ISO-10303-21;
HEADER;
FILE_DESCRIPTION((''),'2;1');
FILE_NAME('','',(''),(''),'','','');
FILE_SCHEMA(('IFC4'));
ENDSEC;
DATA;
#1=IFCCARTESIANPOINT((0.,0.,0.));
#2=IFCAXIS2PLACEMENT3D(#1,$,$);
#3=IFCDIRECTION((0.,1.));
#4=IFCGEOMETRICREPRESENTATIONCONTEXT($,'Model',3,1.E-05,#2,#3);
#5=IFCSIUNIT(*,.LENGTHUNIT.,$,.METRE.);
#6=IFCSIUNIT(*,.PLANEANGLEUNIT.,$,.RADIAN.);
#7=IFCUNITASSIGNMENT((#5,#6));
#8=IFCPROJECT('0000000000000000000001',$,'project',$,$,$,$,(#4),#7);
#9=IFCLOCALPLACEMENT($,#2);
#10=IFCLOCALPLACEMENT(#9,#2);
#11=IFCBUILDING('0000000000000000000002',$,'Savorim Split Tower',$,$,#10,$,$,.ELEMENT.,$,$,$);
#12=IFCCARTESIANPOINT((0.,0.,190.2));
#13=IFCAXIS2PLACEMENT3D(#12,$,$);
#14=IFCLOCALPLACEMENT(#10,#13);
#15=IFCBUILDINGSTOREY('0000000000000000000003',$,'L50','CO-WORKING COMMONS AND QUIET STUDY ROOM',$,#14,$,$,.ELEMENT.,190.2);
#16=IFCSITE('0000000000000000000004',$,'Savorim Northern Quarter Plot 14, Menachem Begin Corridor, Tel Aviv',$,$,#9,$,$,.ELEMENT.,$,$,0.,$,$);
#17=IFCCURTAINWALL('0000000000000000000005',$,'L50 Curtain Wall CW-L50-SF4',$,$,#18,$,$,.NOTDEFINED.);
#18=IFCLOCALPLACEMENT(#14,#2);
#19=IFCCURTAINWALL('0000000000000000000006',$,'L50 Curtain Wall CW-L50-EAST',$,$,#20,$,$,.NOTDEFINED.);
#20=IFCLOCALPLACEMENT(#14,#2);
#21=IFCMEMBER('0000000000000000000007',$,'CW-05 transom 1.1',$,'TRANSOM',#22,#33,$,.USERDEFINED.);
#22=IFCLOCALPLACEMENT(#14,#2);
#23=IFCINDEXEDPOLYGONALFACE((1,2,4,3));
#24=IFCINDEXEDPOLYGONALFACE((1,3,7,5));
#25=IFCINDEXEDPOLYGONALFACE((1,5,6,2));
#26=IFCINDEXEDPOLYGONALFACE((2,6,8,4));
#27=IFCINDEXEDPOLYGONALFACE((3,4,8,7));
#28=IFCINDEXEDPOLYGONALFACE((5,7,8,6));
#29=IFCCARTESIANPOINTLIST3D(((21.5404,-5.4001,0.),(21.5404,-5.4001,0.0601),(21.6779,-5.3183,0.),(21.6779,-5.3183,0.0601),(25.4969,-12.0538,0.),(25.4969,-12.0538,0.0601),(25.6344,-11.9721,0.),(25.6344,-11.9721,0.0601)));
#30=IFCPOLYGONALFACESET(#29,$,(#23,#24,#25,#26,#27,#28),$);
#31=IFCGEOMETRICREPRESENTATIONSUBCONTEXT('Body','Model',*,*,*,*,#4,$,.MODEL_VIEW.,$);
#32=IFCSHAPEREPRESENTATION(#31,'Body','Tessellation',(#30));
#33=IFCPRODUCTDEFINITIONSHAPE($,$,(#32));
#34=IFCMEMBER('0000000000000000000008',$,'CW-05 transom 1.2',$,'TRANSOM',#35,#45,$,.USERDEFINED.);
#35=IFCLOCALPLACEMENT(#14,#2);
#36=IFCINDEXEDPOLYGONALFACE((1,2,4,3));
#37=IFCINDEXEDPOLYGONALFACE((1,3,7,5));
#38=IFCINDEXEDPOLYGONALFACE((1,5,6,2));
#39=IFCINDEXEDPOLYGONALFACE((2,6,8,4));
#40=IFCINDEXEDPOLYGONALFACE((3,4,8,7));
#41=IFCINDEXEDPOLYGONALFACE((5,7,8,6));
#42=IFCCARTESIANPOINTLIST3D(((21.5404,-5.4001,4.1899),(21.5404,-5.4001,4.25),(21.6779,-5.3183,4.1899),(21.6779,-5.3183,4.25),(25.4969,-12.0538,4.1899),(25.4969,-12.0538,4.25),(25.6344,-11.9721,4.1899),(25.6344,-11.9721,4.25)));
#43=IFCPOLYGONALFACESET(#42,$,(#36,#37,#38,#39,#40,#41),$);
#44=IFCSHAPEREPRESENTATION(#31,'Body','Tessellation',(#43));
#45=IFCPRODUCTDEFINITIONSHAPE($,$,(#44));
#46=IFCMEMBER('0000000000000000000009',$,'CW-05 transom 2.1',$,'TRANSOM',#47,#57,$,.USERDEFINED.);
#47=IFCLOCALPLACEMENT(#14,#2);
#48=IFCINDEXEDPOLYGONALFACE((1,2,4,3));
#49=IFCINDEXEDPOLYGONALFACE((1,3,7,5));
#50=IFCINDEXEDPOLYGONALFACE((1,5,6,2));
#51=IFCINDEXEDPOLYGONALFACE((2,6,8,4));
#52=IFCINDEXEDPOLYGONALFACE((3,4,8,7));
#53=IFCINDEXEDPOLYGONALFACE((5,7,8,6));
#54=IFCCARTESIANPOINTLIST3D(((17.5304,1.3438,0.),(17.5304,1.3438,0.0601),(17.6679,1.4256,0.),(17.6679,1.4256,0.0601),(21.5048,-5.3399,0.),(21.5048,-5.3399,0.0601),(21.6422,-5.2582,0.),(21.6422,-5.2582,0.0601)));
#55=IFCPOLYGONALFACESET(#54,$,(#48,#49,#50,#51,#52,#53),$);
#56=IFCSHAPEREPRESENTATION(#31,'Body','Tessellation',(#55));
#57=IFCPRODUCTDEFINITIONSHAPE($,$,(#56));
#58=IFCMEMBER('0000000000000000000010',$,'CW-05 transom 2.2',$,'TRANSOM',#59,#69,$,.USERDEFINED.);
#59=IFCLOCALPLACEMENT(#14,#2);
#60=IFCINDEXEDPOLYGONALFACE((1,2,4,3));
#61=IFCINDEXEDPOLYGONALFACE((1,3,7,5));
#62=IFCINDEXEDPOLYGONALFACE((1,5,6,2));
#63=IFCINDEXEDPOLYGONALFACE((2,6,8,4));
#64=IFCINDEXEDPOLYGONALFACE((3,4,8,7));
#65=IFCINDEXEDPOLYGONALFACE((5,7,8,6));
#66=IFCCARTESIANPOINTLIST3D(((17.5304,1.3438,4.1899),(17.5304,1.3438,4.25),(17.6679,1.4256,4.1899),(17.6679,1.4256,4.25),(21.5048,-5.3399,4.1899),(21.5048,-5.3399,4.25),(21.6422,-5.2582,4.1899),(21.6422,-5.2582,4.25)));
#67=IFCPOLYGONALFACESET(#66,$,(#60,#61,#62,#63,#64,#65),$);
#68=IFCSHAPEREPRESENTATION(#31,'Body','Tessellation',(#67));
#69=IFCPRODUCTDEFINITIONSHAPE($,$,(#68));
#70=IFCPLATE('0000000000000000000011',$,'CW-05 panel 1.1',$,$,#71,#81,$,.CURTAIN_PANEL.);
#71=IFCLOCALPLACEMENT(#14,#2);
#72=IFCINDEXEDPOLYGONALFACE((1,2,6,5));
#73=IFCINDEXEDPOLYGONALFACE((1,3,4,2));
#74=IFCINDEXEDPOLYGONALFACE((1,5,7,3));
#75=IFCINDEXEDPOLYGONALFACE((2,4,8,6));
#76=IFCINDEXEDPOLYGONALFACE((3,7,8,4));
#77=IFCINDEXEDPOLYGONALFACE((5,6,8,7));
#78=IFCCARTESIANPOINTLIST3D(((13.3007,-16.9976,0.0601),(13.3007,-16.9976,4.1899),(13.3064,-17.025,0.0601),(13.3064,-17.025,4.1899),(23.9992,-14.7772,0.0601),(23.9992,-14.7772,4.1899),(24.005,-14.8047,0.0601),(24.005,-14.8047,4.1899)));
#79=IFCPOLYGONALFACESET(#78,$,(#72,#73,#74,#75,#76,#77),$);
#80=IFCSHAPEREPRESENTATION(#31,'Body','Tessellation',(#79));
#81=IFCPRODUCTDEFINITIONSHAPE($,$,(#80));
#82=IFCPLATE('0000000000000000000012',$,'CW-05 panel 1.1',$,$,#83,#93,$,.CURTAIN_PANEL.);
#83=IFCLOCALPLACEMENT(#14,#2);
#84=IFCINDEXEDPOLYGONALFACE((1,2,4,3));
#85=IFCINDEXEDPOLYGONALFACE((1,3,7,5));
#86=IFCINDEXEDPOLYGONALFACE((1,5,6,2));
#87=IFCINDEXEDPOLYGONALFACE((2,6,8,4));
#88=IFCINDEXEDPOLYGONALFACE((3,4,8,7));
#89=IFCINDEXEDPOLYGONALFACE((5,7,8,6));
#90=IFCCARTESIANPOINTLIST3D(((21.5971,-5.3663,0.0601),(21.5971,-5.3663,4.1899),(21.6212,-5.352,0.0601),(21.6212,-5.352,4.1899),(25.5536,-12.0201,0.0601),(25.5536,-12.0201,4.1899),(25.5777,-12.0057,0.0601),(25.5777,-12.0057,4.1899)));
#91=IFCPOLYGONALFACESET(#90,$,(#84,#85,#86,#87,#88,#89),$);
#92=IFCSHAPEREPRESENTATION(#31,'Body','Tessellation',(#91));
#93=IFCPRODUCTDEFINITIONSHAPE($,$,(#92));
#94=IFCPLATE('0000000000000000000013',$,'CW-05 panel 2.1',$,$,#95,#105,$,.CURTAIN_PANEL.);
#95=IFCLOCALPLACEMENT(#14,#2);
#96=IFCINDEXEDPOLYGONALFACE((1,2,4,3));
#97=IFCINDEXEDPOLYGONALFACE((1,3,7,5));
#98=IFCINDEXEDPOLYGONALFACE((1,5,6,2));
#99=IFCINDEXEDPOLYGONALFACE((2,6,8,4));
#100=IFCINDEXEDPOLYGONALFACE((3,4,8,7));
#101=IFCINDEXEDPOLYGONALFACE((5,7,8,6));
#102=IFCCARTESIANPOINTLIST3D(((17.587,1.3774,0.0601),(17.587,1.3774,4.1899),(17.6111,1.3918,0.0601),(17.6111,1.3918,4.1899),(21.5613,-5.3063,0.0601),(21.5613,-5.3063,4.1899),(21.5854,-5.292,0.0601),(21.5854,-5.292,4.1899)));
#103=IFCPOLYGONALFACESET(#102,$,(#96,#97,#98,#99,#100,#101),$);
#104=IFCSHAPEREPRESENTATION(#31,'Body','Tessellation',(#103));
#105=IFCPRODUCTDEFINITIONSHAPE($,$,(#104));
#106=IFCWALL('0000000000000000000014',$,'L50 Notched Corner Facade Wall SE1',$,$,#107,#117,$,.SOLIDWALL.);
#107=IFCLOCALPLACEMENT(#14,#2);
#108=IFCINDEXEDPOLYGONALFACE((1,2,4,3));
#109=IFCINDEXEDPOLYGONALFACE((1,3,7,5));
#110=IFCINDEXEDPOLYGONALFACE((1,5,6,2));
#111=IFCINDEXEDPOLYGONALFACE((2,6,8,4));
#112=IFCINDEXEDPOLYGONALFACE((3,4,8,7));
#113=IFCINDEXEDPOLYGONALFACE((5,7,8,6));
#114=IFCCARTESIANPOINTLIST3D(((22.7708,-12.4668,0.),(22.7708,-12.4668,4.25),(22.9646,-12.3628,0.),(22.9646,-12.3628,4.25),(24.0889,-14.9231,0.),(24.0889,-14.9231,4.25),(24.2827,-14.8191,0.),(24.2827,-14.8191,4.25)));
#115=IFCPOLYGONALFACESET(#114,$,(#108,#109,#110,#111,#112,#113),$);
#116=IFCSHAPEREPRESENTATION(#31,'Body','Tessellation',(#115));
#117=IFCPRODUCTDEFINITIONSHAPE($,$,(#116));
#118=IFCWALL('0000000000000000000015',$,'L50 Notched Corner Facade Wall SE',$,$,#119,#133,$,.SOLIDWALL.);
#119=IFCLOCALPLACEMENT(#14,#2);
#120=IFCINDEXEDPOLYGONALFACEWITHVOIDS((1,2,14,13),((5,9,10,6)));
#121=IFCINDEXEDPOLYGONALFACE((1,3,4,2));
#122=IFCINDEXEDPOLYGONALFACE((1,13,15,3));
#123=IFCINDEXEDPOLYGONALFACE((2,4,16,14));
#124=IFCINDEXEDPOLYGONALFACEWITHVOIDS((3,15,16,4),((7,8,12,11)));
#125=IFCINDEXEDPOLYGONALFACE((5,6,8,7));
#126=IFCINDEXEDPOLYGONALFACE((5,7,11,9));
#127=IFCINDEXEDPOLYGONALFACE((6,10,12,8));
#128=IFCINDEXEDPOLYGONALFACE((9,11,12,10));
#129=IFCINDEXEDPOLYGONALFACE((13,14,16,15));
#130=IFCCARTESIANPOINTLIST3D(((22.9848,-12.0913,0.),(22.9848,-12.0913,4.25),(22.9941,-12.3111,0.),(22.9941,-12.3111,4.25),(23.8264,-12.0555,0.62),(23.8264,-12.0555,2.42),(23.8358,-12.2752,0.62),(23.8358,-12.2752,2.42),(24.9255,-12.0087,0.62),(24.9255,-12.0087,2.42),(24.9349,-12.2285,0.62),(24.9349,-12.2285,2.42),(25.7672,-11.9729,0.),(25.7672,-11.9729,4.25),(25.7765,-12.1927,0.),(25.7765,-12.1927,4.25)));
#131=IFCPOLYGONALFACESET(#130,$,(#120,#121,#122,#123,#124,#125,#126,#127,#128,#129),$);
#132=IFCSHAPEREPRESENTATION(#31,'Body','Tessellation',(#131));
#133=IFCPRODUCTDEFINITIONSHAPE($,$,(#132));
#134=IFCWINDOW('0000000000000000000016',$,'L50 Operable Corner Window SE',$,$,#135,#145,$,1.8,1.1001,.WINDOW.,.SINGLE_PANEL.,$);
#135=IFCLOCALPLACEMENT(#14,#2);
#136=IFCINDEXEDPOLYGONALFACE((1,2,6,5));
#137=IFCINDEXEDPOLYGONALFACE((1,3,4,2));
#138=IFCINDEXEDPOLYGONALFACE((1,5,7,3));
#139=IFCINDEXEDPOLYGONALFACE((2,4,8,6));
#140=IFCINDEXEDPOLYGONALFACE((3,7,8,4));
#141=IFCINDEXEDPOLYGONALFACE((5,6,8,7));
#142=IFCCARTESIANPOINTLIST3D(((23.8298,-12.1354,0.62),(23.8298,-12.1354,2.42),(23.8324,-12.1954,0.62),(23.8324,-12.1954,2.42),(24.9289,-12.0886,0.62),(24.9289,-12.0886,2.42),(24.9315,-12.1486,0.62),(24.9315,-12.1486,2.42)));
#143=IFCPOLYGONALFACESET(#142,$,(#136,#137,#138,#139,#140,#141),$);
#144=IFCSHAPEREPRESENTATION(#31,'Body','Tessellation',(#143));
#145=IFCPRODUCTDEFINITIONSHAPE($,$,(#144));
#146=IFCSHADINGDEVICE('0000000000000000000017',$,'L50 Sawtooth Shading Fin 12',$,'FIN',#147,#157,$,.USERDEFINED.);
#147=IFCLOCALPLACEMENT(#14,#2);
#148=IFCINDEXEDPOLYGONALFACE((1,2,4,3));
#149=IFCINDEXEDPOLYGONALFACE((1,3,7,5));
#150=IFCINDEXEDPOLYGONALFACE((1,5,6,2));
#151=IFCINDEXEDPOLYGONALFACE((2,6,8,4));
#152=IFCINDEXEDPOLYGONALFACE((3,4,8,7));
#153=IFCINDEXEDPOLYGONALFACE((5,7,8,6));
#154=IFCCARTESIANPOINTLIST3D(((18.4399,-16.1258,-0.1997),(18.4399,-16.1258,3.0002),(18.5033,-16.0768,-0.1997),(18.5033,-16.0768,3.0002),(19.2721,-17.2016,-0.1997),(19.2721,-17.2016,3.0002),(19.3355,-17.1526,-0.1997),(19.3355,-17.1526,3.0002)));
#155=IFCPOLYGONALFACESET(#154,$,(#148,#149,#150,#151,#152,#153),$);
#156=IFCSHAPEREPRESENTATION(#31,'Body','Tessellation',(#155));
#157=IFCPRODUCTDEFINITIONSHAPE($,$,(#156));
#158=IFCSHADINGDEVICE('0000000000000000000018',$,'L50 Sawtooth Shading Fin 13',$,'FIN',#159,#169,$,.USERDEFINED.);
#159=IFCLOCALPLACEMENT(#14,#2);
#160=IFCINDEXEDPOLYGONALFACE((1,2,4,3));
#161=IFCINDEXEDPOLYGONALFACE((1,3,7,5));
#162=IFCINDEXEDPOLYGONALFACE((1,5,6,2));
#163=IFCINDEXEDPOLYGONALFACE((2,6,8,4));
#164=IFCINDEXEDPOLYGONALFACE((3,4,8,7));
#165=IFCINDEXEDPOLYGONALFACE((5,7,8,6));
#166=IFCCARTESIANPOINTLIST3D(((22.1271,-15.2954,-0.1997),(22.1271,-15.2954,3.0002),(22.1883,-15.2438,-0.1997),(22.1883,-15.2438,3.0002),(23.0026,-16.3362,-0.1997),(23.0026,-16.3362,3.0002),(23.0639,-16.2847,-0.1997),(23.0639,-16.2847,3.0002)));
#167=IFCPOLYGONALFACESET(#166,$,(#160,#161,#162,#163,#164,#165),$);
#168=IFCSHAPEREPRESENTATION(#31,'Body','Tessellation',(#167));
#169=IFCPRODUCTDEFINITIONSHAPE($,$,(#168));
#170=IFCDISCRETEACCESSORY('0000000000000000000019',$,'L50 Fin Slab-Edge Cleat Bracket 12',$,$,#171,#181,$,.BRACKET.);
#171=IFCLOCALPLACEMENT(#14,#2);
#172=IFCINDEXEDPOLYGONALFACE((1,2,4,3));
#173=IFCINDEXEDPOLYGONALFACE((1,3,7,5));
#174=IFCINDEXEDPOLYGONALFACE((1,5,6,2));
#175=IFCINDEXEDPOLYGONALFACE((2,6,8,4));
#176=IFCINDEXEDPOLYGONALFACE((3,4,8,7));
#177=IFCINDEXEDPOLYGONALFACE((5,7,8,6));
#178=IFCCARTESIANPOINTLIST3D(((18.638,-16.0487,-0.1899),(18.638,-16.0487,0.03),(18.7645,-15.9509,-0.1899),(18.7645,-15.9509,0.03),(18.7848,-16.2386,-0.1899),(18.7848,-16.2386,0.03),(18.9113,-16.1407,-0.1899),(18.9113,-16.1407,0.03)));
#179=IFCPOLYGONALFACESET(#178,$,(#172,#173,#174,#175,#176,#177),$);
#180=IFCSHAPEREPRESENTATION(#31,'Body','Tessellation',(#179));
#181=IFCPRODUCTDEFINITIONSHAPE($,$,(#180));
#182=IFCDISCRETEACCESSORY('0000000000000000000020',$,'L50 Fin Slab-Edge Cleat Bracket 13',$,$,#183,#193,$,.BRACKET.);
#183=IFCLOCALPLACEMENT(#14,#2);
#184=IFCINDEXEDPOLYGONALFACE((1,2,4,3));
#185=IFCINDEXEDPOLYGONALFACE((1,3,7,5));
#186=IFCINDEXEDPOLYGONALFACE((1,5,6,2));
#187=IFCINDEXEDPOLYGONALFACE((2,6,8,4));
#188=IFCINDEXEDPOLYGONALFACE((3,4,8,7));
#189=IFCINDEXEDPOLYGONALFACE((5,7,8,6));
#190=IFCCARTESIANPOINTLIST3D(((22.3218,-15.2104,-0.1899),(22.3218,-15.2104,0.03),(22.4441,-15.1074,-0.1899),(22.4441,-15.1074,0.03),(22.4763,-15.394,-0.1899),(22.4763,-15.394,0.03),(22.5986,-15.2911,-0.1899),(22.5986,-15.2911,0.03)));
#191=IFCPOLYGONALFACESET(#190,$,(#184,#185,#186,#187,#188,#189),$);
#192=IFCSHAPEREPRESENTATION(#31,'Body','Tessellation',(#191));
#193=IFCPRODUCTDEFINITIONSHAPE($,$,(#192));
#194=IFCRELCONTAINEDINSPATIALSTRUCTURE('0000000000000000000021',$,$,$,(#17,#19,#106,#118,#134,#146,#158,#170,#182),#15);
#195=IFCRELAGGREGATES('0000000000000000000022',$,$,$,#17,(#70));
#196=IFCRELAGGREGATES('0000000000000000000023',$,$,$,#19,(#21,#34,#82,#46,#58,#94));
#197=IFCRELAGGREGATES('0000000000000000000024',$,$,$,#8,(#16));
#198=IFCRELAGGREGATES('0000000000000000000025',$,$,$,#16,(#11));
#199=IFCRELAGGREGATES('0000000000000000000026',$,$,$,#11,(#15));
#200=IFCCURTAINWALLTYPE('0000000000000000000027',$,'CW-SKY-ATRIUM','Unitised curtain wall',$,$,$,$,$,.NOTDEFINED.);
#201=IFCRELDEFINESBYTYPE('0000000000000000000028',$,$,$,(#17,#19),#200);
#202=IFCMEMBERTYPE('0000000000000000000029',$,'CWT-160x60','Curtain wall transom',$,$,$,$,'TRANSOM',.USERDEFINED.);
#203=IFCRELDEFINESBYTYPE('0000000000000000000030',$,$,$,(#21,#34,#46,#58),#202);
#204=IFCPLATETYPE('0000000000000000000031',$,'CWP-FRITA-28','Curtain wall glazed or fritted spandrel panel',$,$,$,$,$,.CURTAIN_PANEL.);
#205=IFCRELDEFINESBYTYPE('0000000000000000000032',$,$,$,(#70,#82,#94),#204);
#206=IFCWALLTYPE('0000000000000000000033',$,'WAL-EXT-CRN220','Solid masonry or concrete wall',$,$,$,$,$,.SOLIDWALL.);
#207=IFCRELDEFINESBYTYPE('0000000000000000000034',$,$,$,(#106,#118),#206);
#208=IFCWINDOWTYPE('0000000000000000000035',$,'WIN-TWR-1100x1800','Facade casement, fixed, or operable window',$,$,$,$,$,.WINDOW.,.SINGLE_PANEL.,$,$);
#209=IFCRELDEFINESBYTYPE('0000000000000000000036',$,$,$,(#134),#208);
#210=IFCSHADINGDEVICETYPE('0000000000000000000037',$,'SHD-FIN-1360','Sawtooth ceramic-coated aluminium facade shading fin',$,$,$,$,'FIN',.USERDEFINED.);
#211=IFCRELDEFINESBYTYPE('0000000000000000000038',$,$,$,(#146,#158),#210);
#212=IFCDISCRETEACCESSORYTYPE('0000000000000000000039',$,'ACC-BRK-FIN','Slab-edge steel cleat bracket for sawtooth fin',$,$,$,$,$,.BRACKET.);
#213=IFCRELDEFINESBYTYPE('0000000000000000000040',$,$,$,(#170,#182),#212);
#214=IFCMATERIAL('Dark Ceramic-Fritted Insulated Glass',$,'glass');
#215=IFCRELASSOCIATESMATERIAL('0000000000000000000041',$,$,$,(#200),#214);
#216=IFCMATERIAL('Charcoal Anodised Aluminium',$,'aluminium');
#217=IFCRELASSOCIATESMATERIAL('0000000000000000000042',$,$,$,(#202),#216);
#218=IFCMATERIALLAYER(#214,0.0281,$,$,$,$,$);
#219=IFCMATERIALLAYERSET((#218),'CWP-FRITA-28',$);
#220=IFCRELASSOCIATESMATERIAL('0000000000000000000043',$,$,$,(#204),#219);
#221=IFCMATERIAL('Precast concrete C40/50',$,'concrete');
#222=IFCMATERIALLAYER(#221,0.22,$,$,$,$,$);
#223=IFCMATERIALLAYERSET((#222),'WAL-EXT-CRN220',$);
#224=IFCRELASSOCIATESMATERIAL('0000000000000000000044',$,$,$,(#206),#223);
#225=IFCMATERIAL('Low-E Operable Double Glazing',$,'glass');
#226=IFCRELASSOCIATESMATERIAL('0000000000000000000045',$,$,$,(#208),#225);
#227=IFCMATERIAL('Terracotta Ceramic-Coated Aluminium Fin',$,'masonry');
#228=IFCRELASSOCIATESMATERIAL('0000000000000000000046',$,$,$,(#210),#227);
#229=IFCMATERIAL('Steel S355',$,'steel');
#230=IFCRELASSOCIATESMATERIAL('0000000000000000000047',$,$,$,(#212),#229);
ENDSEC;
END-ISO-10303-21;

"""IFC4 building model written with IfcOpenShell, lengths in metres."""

from ifc_helpers import new_model, si_unit, direction, frame, frame_2d, origin, origin_2d, place, context, subcontext, project, spatial, rectangle, extrude, material, layer, layer_set, material_profile, profile_set, type_object, element, fill, aggregate, save


model = new_model("IFC4")

# Units and contexts
model_context = context("Model", 3, precision=1e-05, world=origin(), true_north=direction((0.0, 1.0)))
body_context = subcontext(model_context, "Body", "Model", "MODEL_VIEW")
ifc_project = project(units=[si_unit("LENGTHUNIT", "METRE"), si_unit("PLANEANGLEUNIT", "RADIAN")], contexts=[model_context])

# Site, building, storey
site_placement = place(None, origin())
site = spatial("IfcSite", under=ifc_project, at=site_placement, Name="Savorim Northern Quarter Plot 14, Menachem Begin Corridor, Tel Aviv", CompositionType="ELEMENT", RefElevation=0.0)
building_placement = place(site_placement, origin())
building = spatial("IfcBuilding", under=site, at=building_placement, Name="Savorim Split Tower", CompositionType="ELEMENT")
storey_placement = place(building_placement, frame((0.0, 0.0, 190.2)))
storey = spatial("IfcBuildingStorey", under=building, at=storey_placement, Name="L50", Description="CO-WORKING COMMONS AND QUIET STUDY ROOM", CompositionType="ELEMENT", Elevation=190.2)

# Shared definitions
ifc_material_1 = material(Name="Steel S355", Category="steel")

# Curtain wall
ifc_material_2 = material(Name="Dark Ceramic-Fritted Insulated Glass", Category="glass")
curtain_wall_type = type_object("IfcCurtainWallType", Name="CW-SKY-ATRIUM", Description="Unitised curtain wall", PredefinedType="NOTDEFINED", material=ifc_material_2)
curtain_wall_1_placement = place(storey_placement, origin())
curtain_wall_1 = element("IfcCurtainWall", 1, at=curtain_wall_1_placement, inside=storey, type_object=curtain_wall_type, Name="L50 Curtain Wall CW-L50-SF4", PredefinedType="NOTDEFINED")
ifc_material_3 = material(Name="Charcoal Anodised Aluminium", Category="aluminium")

# Curtain wall, members
curtain_wall_2_placement = place(storey_placement, origin())
curtain_wall_2 = element("IfcCurtainWall", 2, at=curtain_wall_2_placement, inside=storey, type_object=curtain_wall_type, Name="L50 Curtain Wall CW-L50-EAST", PredefinedType="NOTDEFINED")
ifc_material_profile_1 = material_profile(ifc_material_3, rectangle(XDim=0.1599, YDim=0.0601, at=origin_2d()), Name="ALU-T 160x60")
ifc_profile_set_1 = profile_set([ifc_material_profile_1], Name="Charcoal Anodised Aluminium")
member_type_1 = type_object("IfcMemberType", Name="CWT-160x60", Description="Curtain wall transom", ElementType="TRANSOM", PredefinedType="USERDEFINED", material=ifc_profile_set_1)
member_1_placement = place(storey_placement, frame((25.5657, -12.0129, 0.03), z_axis=(-0.511097, 0.859523, 0.0), x_axis=(-0.859523, -0.511097, 0.0)))
member_1 = element("IfcMember", 3, at=member_1_placement, type_object=member_type_1, Name="CW-05 transom 1.1", ObjectType="TRANSOM", PredefinedType="USERDEFINED", context=body_context, shape_type="SweptSolid", body=[
    extrude(rectangle(XDim=0.1599, YDim=0.0601, at=origin_2d()), origin(), (0.0, 0.0, 1.0), 7.7412),
])
member_2_placement = place(storey_placement, frame((25.5657, -12.0129, 4.22), z_axis=(-0.511097, 0.859523, 0.0), x_axis=(-0.859523, -0.511097, 0.0)))
member_2 = element("IfcMember", 4, at=member_2_placement, type_object=member_type_1, Name="CW-05 transom 1.2", ObjectType="TRANSOM", PredefinedType="USERDEFINED", context=body_context, shape_type="SweptSolid", body=[
    extrude(rectangle(XDim=0.1599, YDim=0.0601, at=origin_2d()), origin(), (0.0, 0.0, 1.0), 7.7412),
])
member_3_placement = place(storey_placement, frame((21.5735, -5.2991, 0.03), z_axis=(-0.511094, 0.859525, 0.0), x_axis=(-0.859525, -0.511094, 0.0)))
member_3 = element("IfcMember", 5, at=member_3_placement, type_object=member_type_1, Name="CW-05 transom 2.1", ObjectType="TRANSOM", PredefinedType="USERDEFINED", context=body_context, shape_type="SweptSolid", body=[
    extrude(rectangle(XDim=0.1599, YDim=0.0601, at=origin_2d()), origin(), (0.0, 0.0, 1.0), 7.7761),
])
member_4_placement = place(storey_placement, frame((21.5735, -5.2991, 4.22), z_axis=(-0.511094, 0.859525, 0.0), x_axis=(-0.859525, -0.511094, 0.0)))
member_4 = element("IfcMember", 6, at=member_4_placement, type_object=member_type_1, Name="CW-05 transom 2.2", ObjectType="TRANSOM", PredefinedType="USERDEFINED", context=body_context, shape_type="SweptSolid", body=[
    extrude(rectangle(XDim=0.1599, YDim=0.0601, at=origin_2d()), origin(), (0.0, 0.0, 1.0), 7.7761),
])

# Plates
ifc_layer_1 = layer(ifc_material_2, 0.0281)
ifc_layer_set_1 = layer_set([ifc_layer_1], Name="CWP-FRITA-28")
plate_type = type_object("IfcPlateType", Name="CWP-FRITA-28", Description="Curtain wall glazed or fritted spandrel panel", PredefinedType="CURTAIN_PANEL", material=ifc_layer_set_1)
plate_1_placement = place(storey_placement, frame((18.6528, -15.9011, 0.0601), z_axis=(0.0, 0.0, 1.0), x_axis=(0.979136, 0.203208, 0.0)))
plate_1 = element("IfcPlate", 7, at=plate_1_placement, type_object=plate_type, Name="CW-05 panel 1.1", PredefinedType="CURTAIN_PANEL", context=body_context, shape_type="SweptSolid", body=[
    extrude(rectangle(XDim=10.9265, YDim=0.0281, at=origin_2d()), origin(), (0.0, 0.0, 1.0), 4.1299),
])
aggregate(curtain_wall_1, [plate_1])
plate_2_placement = place(storey_placement, frame((23.5874, -8.686, 0.0601), z_axis=(0.0, 0.0, 1.0), x_axis=(-0.511092, 0.859526, 0.0)))
plate_2 = element("IfcPlate", 8, at=plate_2_placement, type_object=plate_type, Name="CW-05 panel 1.1", PredefinedType="CURTAIN_PANEL", context=body_context, shape_type="SweptSolid", body=[
    extrude(rectangle(XDim=7.7412, YDim=0.0281, at=origin_2d()), origin(), (0.0, 0.0, 1.0), 4.1299),
])
plate_3_placement = place(storey_placement, frame((19.5862, -1.9573, 0.0601), z_axis=(0.0, 0.0, 1.0), x_axis=(-0.511092, 0.859526, 0.0)))
plate_3 = element("IfcPlate", 9, at=plate_3_placement, type_object=plate_type, Name="CW-05 panel 2.1", PredefinedType="CURTAIN_PANEL", context=body_context, shape_type="SweptSolid", body=[
    extrude(rectangle(XDim=7.7761, YDim=0.0281, at=origin_2d()), origin(), (0.0, 0.0, 1.0), 4.1299),
])
aggregate(curtain_wall_2, [member_1, member_2, plate_2, member_3, member_4, plate_3])

# Wall
ifc_material_4 = material(Name="Precast concrete C40/50", Category="concrete")
ifc_layer_2 = layer(ifc_material_4, 0.22)
ifc_layer_set_2 = layer_set([ifc_layer_2], Name="WAL-EXT-CRN220")
wall_type = type_object("IfcWallType", Name="WAL-EXT-CRN220", Description="Solid masonry or concrete wall", PredefinedType="SOLIDWALL", material=ifc_layer_set_2)
wall_1_placement = place(storey_placement, frame((22.8677, -12.4148, 0.0), z_axis=(0.0, 0.0, 1.0), x_axis=(0.472846, -0.881145, 0.0)))
element("IfcWall", 10, at=wall_1_placement, inside=storey, type_object=wall_type, Name="L50 Notched Corner Facade Wall SE1", PredefinedType="SOLIDWALL", context=body_context, shape_type="SweptSolid", body=[
    extrude(rectangle(XDim=2.7876, YDim=0.22, at=frame_2d((1.3938, 0.0))), origin(), (0.0, 0.0, 1.0), 4.25),
])

# Wall, opening, window
wall_2_placement = place(storey_placement, frame((25.772, -12.0828, 0.0), z_axis=(0.0, 0.0, 1.0), x_axis=(-0.999096, -0.042517, 0.0)))
wall_2 = element("IfcWall", 11, at=wall_2_placement, inside=storey, type_object=wall_type, Name="L50 Notched Corner Facade Wall SE", PredefinedType="SOLIDWALL", context=body_context, shape_type="SweptSolid", body=[
    extrude(rectangle(XDim=2.7849, YDim=0.22, at=frame_2d((1.3926, 0.0))), origin(), (0.0, 0.0, 1.0), 4.25),
])
opening_placement = place(wall_2_placement, frame((0.8425, 0.0, 0.6201)))
opening = element("IfcOpeningElement", 12, at=opening_placement, cuts=wall_2, PredefinedType="OPENING", context=body_context, shape_type="SweptSolid", body=[
    extrude(rectangle(XDim=1.1001, YDim=1.8, at=frame_2d((0.55, 0.8999))), frame((0.0, 0.1199, 0.0), z_axis=(0.0, -1.0, 0.0), x_axis=(1.0, 0.0, 0.0)), (0.0, 0.0, 1.0), 0.24),
])
ifc_material_5 = material(Name="Low-E Operable Double Glazing", Category="glass")
window_type = type_object("IfcWindowType", Name="WIN-TWR-1100x1800", Description="Facade casement, fixed, or operable window", PartitioningType="SINGLE_PANEL", PredefinedType="WINDOW", material=ifc_material_5)
window_placement = place(opening_placement, origin())
window = element("IfcWindow", 13, at=window_placement, inside=storey, type_object=window_type, Name="L50 Operable Corner Window SE", OverallHeight=1.8, OverallWidth=1.1001, PartitioningType="SINGLE_PANEL", PredefinedType="WINDOW", context=body_context, shape_type="SweptSolid", body=[
    extrude(rectangle(XDim=1.1001, YDim=1.8, at=frame_2d((0.55, 0.8999))), frame((0.0, 0.03, 0.0), z_axis=(0.0, -1.0, 0.0), x_axis=(1.0, 0.0, 0.0)), (0.0, 0.0, 1.0), 0.0601),
])
fill(opening, window)

# Shading devices
ifc_material_6 = material(Name="Terracotta Ceramic-Coated Aluminium Fin", Category="masonry")
shading_device_type = type_object("IfcShadingDeviceType", Name="SHD-FIN-1360", Description="Sawtooth ceramic-coated aluminium facade shading fin", ElementType="FIN", PredefinedType="USERDEFINED", material=ifc_material_6)
for number, where, z_axis, x_axis, name in (
    (14, (18.8877, -16.6392, -0.1997), (0.0, 0.0, 1.0), (0.611868, -0.79096, 0.0), "L50 Sawtooth Shading Fin 12"),
    (15, (22.5955, -15.79, -0.1997), (0.0, 0.0, 1.0), (0.643719, -0.765262, 0.0), "L50 Sawtooth Shading Fin 13"),
):
    element("IfcShadingDevice", number, at=place(storey_placement, frame(where, z_axis=z_axis, x_axis=x_axis)), inside=storey, type_object=shading_device_type, Name=name, ObjectType="FIN", PredefinedType="USERDEFINED", context=body_context, shape_type="SweptSolid", body=[
        extrude(rectangle(XDim=1.3601, YDim=0.0801, at=origin_2d()), origin(), (0.0, 0.0, 1.0), 3.2),
    ])

# Discrete accessories
discrete_accessory_type = type_object("IfcDiscreteAccessoryType", Name="ACC-BRK-FIN", Description="Slab-edge steel cleat bracket for sawtooth fin", PredefinedType="BRACKET", material=ifc_material_1)
for number, where, z_axis, x_axis, name in (
    (16, (18.7747, -16.0947, -0.1899), (0.0, 0.0, 1.0), (0.611868, -0.79096, 0.0), "L50 Fin Slab-Edge Cleat Bracket 12"),
    (17, (22.4602, -15.2507, -0.1899), (0.0, 0.0, 1.0), (0.643719, -0.765262, 0.0), "L50 Fin Slab-Edge Cleat Bracket 13"),
):
    element("IfcDiscreteAccessory", number, at=place(storey_placement, frame(where, z_axis=z_axis, x_axis=x_axis)), inside=storey, type_object=discrete_accessory_type, Name=name, PredefinedType="BRACKET", context=body_context, shape_type="SweptSolid", body=[
        extrude(rectangle(XDim=0.24, YDim=0.1599, at=origin_2d()), origin(), (0.0, 0.0, 1.0), 0.22),
    ])

save(model, "model.ifc")
